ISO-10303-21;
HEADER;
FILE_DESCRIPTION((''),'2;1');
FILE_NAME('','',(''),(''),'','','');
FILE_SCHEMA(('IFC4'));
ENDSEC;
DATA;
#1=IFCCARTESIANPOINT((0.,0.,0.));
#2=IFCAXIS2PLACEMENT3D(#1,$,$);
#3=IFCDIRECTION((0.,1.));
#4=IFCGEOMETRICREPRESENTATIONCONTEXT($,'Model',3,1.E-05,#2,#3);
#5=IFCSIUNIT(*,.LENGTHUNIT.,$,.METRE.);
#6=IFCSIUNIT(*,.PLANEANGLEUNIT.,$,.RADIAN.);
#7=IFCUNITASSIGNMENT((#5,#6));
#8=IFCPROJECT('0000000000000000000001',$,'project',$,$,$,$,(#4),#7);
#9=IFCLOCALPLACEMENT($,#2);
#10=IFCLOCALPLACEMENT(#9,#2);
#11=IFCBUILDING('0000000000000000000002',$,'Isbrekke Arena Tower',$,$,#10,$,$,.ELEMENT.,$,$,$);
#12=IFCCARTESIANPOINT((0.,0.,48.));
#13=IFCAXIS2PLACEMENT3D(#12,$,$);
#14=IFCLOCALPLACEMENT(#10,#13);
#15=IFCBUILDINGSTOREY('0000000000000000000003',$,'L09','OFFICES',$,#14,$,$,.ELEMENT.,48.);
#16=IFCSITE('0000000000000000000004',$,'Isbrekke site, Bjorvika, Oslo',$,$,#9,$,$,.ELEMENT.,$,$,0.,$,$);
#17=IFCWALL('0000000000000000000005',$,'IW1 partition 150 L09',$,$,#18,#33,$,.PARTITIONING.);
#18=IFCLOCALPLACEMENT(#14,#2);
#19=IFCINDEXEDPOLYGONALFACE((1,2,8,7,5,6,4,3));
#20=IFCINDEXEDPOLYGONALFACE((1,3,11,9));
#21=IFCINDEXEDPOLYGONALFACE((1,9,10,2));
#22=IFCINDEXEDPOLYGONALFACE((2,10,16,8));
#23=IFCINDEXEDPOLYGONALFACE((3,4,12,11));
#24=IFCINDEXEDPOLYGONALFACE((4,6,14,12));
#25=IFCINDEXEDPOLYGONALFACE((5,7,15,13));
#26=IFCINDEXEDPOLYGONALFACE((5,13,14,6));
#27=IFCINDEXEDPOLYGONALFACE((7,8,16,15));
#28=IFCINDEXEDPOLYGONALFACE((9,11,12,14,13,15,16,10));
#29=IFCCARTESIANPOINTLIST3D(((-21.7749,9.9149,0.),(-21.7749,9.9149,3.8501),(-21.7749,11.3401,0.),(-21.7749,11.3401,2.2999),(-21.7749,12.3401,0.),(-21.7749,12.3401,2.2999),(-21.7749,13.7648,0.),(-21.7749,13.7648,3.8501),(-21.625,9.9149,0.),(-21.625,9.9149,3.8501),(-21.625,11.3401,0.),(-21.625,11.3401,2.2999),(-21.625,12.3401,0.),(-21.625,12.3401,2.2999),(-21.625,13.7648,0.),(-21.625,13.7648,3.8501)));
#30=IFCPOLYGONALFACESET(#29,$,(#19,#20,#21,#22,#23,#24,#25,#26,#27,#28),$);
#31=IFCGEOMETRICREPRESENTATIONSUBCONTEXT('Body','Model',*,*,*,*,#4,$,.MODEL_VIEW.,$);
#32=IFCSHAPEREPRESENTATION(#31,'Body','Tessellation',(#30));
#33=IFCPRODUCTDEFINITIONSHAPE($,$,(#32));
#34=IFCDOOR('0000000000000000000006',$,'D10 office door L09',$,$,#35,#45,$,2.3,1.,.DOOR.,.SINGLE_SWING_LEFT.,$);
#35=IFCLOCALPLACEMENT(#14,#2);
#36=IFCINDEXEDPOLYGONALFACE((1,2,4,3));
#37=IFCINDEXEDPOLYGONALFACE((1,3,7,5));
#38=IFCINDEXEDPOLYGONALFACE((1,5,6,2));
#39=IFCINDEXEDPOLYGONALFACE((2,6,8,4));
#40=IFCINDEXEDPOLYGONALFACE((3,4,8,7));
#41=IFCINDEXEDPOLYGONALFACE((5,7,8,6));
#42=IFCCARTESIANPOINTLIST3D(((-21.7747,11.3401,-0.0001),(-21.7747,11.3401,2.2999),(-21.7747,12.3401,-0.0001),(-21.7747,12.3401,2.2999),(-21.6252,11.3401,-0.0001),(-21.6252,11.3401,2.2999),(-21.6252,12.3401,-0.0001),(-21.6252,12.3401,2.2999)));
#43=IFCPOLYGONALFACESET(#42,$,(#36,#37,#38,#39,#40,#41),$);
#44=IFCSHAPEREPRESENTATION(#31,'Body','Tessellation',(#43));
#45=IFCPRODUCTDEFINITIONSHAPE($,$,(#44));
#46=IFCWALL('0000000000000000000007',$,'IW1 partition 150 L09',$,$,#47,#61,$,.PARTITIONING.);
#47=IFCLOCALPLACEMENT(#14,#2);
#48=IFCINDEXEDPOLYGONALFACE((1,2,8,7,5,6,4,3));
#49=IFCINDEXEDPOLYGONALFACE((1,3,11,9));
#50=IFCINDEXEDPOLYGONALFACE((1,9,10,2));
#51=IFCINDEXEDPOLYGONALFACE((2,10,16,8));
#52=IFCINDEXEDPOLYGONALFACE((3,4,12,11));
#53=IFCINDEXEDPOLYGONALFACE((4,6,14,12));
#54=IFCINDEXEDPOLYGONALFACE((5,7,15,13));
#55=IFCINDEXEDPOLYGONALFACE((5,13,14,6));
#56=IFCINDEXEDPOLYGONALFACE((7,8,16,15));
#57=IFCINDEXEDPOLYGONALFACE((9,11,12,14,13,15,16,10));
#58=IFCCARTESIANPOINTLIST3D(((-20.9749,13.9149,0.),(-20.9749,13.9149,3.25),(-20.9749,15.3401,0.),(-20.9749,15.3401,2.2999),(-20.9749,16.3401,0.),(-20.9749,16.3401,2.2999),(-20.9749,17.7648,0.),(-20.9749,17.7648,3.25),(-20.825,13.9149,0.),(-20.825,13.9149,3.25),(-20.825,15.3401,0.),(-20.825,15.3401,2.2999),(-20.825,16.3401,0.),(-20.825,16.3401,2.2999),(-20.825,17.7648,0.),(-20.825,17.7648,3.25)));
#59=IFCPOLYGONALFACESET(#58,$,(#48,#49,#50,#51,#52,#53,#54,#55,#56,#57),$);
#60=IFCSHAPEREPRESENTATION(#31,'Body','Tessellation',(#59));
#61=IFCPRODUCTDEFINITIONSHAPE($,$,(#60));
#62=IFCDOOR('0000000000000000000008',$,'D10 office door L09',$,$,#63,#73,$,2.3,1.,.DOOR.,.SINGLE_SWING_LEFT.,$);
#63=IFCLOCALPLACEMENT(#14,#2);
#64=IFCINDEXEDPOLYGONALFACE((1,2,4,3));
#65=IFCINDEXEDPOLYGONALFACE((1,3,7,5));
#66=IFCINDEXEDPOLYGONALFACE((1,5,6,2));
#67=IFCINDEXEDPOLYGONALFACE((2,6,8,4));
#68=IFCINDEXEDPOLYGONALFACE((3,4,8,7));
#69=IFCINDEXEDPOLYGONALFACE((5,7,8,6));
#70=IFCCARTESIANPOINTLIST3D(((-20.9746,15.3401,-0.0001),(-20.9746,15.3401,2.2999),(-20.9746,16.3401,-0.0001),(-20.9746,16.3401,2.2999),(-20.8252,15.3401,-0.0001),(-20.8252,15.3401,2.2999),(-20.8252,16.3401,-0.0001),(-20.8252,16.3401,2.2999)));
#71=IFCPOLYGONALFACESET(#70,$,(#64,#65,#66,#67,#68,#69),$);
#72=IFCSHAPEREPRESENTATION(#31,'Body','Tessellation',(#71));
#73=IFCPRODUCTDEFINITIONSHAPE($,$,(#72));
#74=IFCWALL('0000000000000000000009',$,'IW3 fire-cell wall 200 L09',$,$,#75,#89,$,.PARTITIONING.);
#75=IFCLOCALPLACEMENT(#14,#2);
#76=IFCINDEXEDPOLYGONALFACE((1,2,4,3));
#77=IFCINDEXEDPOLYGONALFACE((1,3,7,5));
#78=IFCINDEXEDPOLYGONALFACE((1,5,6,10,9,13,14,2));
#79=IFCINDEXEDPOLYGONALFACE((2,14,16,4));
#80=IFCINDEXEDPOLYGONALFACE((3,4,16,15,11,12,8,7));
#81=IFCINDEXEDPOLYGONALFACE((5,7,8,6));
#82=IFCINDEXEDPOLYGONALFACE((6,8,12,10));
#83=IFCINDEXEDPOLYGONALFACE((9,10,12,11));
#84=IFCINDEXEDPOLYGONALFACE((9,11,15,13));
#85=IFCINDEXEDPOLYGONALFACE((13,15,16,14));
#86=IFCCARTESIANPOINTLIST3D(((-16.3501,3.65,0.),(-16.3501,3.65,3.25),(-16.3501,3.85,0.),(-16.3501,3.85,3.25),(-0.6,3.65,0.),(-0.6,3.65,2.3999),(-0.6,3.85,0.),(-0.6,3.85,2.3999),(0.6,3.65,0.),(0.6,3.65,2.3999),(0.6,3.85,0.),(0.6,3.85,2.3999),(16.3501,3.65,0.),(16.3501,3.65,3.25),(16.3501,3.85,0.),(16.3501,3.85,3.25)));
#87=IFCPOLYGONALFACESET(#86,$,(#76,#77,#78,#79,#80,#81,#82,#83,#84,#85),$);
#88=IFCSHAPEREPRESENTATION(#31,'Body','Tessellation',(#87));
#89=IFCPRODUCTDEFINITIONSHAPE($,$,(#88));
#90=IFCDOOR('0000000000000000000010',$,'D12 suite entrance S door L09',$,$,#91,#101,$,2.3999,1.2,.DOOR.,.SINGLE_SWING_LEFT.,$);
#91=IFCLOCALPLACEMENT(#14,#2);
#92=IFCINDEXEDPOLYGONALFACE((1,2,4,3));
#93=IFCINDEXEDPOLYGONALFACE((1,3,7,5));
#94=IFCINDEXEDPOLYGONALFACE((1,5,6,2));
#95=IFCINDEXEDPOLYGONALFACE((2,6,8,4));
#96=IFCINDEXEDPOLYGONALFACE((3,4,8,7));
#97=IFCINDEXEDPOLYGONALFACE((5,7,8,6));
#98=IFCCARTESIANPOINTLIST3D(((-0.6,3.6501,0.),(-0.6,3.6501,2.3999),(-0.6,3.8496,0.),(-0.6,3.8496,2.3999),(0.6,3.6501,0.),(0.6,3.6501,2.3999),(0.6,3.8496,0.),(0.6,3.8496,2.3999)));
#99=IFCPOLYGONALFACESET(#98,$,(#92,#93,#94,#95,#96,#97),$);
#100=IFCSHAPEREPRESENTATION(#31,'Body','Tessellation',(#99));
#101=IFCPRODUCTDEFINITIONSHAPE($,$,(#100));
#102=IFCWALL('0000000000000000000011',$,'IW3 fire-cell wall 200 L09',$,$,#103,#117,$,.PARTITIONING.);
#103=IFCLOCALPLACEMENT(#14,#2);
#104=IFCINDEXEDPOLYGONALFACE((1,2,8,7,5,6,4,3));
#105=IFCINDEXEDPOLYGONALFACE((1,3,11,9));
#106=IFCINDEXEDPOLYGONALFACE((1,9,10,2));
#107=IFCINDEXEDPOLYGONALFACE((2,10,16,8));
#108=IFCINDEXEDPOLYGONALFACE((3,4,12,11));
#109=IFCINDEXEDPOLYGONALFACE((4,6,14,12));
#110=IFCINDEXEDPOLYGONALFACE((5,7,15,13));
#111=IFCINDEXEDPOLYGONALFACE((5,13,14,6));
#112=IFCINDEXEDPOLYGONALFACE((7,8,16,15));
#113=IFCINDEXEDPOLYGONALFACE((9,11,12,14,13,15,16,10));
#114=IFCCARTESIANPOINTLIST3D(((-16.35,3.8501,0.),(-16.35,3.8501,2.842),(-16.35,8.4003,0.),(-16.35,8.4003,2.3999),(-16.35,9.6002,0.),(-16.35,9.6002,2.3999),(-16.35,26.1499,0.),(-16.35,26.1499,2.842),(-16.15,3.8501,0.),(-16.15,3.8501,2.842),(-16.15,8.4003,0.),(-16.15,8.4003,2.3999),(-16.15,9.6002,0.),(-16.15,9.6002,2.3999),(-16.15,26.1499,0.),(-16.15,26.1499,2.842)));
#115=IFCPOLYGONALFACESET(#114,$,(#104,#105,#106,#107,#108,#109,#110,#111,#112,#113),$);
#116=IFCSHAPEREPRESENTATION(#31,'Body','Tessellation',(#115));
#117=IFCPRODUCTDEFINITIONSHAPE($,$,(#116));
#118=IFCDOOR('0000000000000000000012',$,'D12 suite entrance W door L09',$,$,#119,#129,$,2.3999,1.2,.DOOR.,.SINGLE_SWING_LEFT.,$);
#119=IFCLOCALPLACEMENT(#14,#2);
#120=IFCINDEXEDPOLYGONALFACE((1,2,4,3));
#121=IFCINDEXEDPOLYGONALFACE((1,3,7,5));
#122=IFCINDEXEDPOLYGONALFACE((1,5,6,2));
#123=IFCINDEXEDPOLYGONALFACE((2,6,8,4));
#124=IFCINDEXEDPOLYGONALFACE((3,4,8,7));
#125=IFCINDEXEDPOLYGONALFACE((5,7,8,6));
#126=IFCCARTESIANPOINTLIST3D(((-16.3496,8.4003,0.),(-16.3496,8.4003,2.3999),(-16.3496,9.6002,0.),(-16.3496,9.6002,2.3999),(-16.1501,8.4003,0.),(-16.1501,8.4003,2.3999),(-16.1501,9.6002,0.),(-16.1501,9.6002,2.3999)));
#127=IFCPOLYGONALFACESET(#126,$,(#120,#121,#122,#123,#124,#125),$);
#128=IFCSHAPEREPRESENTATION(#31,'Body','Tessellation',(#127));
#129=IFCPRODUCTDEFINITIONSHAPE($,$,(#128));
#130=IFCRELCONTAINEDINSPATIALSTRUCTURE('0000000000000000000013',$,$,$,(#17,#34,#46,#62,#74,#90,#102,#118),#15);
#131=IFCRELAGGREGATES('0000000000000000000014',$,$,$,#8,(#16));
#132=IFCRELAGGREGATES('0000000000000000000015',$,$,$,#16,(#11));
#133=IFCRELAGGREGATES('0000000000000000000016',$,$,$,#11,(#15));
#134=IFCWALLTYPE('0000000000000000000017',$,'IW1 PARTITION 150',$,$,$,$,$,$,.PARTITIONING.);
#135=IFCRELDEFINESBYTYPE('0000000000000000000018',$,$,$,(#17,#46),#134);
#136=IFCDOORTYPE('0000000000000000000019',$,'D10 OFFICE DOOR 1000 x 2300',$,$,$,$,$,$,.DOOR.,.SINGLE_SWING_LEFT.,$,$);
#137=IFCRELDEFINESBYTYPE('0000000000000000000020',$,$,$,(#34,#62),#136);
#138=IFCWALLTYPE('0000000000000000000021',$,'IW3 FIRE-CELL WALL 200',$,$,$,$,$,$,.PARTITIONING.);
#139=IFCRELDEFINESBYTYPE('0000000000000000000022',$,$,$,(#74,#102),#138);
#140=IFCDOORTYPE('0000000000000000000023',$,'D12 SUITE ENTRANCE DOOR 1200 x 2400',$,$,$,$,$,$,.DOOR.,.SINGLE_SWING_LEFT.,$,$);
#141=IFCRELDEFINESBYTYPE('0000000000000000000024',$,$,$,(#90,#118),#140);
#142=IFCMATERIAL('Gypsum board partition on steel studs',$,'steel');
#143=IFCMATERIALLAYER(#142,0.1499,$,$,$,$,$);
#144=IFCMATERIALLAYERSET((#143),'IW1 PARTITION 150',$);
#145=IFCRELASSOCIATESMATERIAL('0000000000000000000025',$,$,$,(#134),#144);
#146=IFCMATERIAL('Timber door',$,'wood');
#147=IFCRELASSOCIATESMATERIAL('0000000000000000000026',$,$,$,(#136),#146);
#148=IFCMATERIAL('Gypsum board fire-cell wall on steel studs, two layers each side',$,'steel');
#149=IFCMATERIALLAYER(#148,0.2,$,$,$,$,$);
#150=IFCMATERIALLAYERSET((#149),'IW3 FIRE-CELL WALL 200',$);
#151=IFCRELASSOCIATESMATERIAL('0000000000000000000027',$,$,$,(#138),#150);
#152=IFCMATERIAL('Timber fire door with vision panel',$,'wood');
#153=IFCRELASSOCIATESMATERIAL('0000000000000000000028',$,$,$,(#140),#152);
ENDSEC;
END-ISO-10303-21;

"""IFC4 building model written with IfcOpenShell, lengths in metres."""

from ifc_helpers import new_model, si_unit, direction, frame, frame_2d, origin, place, context, subcontext, project, spatial, rectangle, extrude, material, layer, layer_set, type_object, element, fill, save


model = new_model("IFC4")

# Units and contexts
model_context = context("Model", 3, precision=1e-05, world=origin(), true_north=direction((0.0, 1.0)))
body_context = subcontext(model_context, "Body", "Model", "MODEL_VIEW")
ifc_project = project(units=[si_unit("LENGTHUNIT", "METRE"), si_unit("PLANEANGLEUNIT", "RADIAN")], contexts=[model_context])

# Site, building, storey
site_placement = place(None, origin())
site = spatial("IfcSite", under=ifc_project, at=site_placement, Name="Isbrekke site, Bjorvika, Oslo", CompositionType="ELEMENT", RefElevation=0.0)
building_placement = place(site_placement, origin())
building = spatial("IfcBuilding", under=site, at=building_placement, Name="Isbrekke Arena Tower", CompositionType="ELEMENT")
storey_placement = place(building_placement, frame((0.0, 0.0, 48.0)))
storey = spatial("IfcBuildingStorey", under=building, at=storey_placement, Name="L09", Description="OFFICES", CompositionType="ELEMENT", Elevation=48.0)

# Shared definitions
ifc_material_1 = material(Name="Gypsum board partition on steel studs", Category="steel")
ifc_layer_1 = layer(ifc_material_1, 0.1499)
ifc_layer_set_1 = layer_set([ifc_layer_1], Name="IW1 PARTITION 150")
wall_type_1 = type_object("IfcWallType", Name="IW1 PARTITION 150", PredefinedType="PARTITIONING", material=ifc_layer_set_1)

# Walls, openings, doors
ifc_material_2 = material(Name="Timber door", Category="wood")
door_type_1 = type_object("IfcDoorType", Name="D10 OFFICE DOOR 1000 x 2300", OperationType="SINGLE_SWING_LEFT", PredefinedType="DOOR", material=ifc_material_2)
wall_1_placement = place(storey_placement, frame((-21.7, 9.915, 0.0), z_axis=(0.0, 0.0, 1.0), x_axis=(0.0, 1.0, 0.0)))
wall_1 = element("IfcWall", 1, at=wall_1_placement, inside=storey, type_object=wall_type_1, Name="IW1 partition 150 L09", PredefinedType="PARTITIONING", context=body_context, shape_type="SweptSolid", body=[
    extrude(rectangle(XDim=3.8499, YDim=0.1499, at=frame_2d((1.9248, 0.0))), origin(), (0.0, 0.0, 1.0), 3.8501),
])
opening_1_placement = place(wall_1_placement, frame((1.425, 0.0, 0.0)))
opening_1 = element("IfcOpeningElement", 2, at=opening_1_placement, cuts=wall_1, PredefinedType="OPENING", context=body_context, shape_type="SweptSolid", body=[
    extrude(rectangle(XDim=1.0, YDim=2.3, at=frame_2d((0.5, 1.1499))), frame((0.0, 0.0898, 0.0), z_axis=(0.0, -1.0, 0.0), x_axis=(1.0, 0.0, 0.0)), (0.0, 0.0, 1.0), 0.1797),
])
door_1_placement = place(opening_1_placement, origin())
door_1 = element("IfcDoor", 3, at=door_1_placement, inside=storey, type_object=door_type_1, Name="D10 office door L09", OperationType="SINGLE_SWING_LEFT", OverallHeight=2.3, OverallWidth=1.0, PredefinedType="DOOR", context=body_context, shape_type="SweptSolid", body=[
    extrude(rectangle(XDim=1.0, YDim=2.3, at=frame_2d((0.5, 1.1499))), frame((0.0, 0.0747, 0.0), z_axis=(0.0, -1.0, 0.0), x_axis=(1.0, 0.0, 0.0)), (0.0, 0.0, 1.0), 0.1494),
])
fill(opening_1, door_1)
wall_2_placement = place(storey_placement, frame((-20.8999, 13.915, 0.0), z_axis=(0.0, 0.0, 1.0), x_axis=(0.0, 1.0, 0.0)))
wall_2 = element("IfcWall", 4, at=wall_2_placement, inside=storey, type_object=wall_type_1, Name="IW1 partition 150 L09", PredefinedType="PARTITIONING", context=body_context, shape_type="SweptSolid", body=[
    extrude(rectangle(XDim=3.8499, YDim=0.1499, at=frame_2d((1.9248, 0.0))), origin(), (0.0, 0.0, 1.0), 3.25),
])
opening_2_placement = place(wall_2_placement, frame((1.425, 0.0, 0.0)))
opening_2 = element("IfcOpeningElement", 5, at=opening_2_placement, cuts=wall_2, PredefinedType="OPENING", context=body_context, shape_type="SweptSolid", body=[
    extrude(rectangle(XDim=1.0, YDim=2.3, at=frame_2d((0.5, 1.1499))), frame((0.0, 0.0898, 0.0), z_axis=(0.0, -1.0, 0.0), x_axis=(1.0, 0.0, 0.0)), (0.0, 0.0, 1.0), 0.1797),
])
door_2_placement = place(opening_2_placement, origin())
door_2 = element("IfcDoor", 6, at=door_2_placement, inside=storey, type_object=door_type_1, Name="D10 office door L09", OperationType="SINGLE_SWING_LEFT", OverallHeight=2.3, OverallWidth=1.0, PredefinedType="DOOR", context=body_context, shape_type="SweptSolid", body=[
    extrude(rectangle(XDim=1.0, YDim=2.3, at=frame_2d((0.5, 1.1499))), frame((0.0, 0.0747, 0.0), z_axis=(0.0, -1.0, 0.0), x_axis=(1.0, 0.0, 0.0)), (0.0, 0.0, 1.0), 0.1494),
])
fill(opening_2, door_2)
ifc_material_3 = material(Name="Gypsum board fire-cell wall on steel studs, two layers each side", Category="steel")
ifc_layer_2 = layer(ifc_material_3, 0.2)
ifc_layer_set_2 = layer_set([ifc_layer_2], Name="IW3 FIRE-CELL WALL 200")
wall_type_2 = type_object("IfcWallType", Name="IW3 FIRE-CELL WALL 200", PredefinedType="PARTITIONING", material=ifc_layer_set_2)
wall_3_placement = place(storey_placement, frame((-16.3501, 3.75, 0.0), z_axis=(0.0, 0.0, 1.0), x_axis=(1.0, 0.0, 0.0)))
wall_3 = element("IfcWall", 7, at=wall_3_placement, inside=storey, type_object=wall_type_2, Name="IW3 fire-cell wall 200 L09", PredefinedType="PARTITIONING", context=body_context, shape_type="SweptSolid", body=[
    extrude(rectangle(XDim=32.7002, YDim=0.2, at=frame_2d((16.3501, 0.0))), origin(), (0.0, 0.0, 1.0), 3.25),
])
opening_3_placement = place(wall_3_placement, frame((15.75, 0.0, 0.0)))
opening_3 = element("IfcOpeningElement", 8, at=opening_3_placement, cuts=wall_3, PredefinedType="OPENING", context=body_context, shape_type="SweptSolid", body=[
    extrude(rectangle(XDim=1.2, YDim=2.3999, at=frame_2d((0.6001, 1.2))), frame((0.0, 0.1147, 0.0), z_axis=(0.0, -1.0, 0.0), x_axis=(1.0, 0.0, 0.0)), (0.0, 0.0, 1.0), 0.2297),
])
ifc_material_4 = material(Name="Timber fire door with vision panel", Category="wood")
door_type_2 = type_object("IfcDoorType", Name="D12 SUITE ENTRANCE DOOR 1200 x 2400", OperationType="SINGLE_SWING_LEFT", PredefinedType="DOOR", material=ifc_material_4)
door_3_placement = place(opening_3_placement, origin())
door_3 = element("IfcDoor", 9, at=door_3_placement, inside=storey, type_object=door_type_2, Name="D12 suite entrance S door L09", OperationType="SINGLE_SWING_LEFT", OverallHeight=2.3999, OverallWidth=1.2, PredefinedType="DOOR", context=body_context, shape_type="SweptSolid", body=[
    extrude(rectangle(XDim=1.2, YDim=2.3999, at=frame_2d((0.6001, 1.2))), frame((0.0, 0.0996, 0.0), z_axis=(0.0, -1.0, 0.0), x_axis=(1.0, 0.0, 0.0)), (0.0, 0.0, 1.0), 0.1995),
])
fill(opening_3, door_3)
wall_4_placement = place(storey_placement, frame((-16.25, 3.8501, 0.0), z_axis=(0.0, 0.0, 1.0), x_axis=(0.0, 1.0, 0.0)))
wall_4 = element("IfcWall", 10, at=wall_4_placement, inside=storey, type_object=wall_type_2, Name="IW3 fire-cell wall 200 L09", PredefinedType="PARTITIONING", context=body_context, shape_type="SweptSolid", body=[
    extrude(rectangle(XDim=22.2998, YDim=0.2, at=frame_2d((11.1499, 0.0))), origin(), (0.0, 0.0, 1.0), 2.842),
])
opening_4_placement = place(wall_4_placement, frame((4.55, 0.0, 0.0)))
opening_4 = element("IfcOpeningElement", 11, at=opening_4_placement, cuts=wall_4, PredefinedType="OPENING", context=body_context, shape_type="SweptSolid", body=[
    extrude(rectangle(XDim=1.2, YDim=2.3999, at=frame_2d((0.6001, 1.2))), frame((0.0, 0.1147, 0.0), z_axis=(0.0, -1.0, 0.0), x_axis=(1.0, 0.0, 0.0)), (0.0, 0.0, 1.0), 0.2297),
])
door_4_placement = place(opening_4_placement, origin())
door_4 = element("IfcDoor", 12, at=door_4_placement, inside=storey, type_object=door_type_2, Name="D12 suite entrance W door L09", OperationType="SINGLE_SWING_LEFT", OverallHeight=2.3999, OverallWidth=1.2, PredefinedType="DOOR", context=body_context, shape_type="SweptSolid", body=[
    extrude(rectangle(XDim=1.2, YDim=2.3999, at=frame_2d((0.6001, 1.2))), frame((0.0, 0.0996, 0.0), z_axis=(0.0, -1.0, 0.0), x_axis=(1.0, 0.0, 0.0)), (0.0, 0.0, 1.0), 0.1995),
])
fill(opening_4, door_4)

save(model, "model.ifc")
